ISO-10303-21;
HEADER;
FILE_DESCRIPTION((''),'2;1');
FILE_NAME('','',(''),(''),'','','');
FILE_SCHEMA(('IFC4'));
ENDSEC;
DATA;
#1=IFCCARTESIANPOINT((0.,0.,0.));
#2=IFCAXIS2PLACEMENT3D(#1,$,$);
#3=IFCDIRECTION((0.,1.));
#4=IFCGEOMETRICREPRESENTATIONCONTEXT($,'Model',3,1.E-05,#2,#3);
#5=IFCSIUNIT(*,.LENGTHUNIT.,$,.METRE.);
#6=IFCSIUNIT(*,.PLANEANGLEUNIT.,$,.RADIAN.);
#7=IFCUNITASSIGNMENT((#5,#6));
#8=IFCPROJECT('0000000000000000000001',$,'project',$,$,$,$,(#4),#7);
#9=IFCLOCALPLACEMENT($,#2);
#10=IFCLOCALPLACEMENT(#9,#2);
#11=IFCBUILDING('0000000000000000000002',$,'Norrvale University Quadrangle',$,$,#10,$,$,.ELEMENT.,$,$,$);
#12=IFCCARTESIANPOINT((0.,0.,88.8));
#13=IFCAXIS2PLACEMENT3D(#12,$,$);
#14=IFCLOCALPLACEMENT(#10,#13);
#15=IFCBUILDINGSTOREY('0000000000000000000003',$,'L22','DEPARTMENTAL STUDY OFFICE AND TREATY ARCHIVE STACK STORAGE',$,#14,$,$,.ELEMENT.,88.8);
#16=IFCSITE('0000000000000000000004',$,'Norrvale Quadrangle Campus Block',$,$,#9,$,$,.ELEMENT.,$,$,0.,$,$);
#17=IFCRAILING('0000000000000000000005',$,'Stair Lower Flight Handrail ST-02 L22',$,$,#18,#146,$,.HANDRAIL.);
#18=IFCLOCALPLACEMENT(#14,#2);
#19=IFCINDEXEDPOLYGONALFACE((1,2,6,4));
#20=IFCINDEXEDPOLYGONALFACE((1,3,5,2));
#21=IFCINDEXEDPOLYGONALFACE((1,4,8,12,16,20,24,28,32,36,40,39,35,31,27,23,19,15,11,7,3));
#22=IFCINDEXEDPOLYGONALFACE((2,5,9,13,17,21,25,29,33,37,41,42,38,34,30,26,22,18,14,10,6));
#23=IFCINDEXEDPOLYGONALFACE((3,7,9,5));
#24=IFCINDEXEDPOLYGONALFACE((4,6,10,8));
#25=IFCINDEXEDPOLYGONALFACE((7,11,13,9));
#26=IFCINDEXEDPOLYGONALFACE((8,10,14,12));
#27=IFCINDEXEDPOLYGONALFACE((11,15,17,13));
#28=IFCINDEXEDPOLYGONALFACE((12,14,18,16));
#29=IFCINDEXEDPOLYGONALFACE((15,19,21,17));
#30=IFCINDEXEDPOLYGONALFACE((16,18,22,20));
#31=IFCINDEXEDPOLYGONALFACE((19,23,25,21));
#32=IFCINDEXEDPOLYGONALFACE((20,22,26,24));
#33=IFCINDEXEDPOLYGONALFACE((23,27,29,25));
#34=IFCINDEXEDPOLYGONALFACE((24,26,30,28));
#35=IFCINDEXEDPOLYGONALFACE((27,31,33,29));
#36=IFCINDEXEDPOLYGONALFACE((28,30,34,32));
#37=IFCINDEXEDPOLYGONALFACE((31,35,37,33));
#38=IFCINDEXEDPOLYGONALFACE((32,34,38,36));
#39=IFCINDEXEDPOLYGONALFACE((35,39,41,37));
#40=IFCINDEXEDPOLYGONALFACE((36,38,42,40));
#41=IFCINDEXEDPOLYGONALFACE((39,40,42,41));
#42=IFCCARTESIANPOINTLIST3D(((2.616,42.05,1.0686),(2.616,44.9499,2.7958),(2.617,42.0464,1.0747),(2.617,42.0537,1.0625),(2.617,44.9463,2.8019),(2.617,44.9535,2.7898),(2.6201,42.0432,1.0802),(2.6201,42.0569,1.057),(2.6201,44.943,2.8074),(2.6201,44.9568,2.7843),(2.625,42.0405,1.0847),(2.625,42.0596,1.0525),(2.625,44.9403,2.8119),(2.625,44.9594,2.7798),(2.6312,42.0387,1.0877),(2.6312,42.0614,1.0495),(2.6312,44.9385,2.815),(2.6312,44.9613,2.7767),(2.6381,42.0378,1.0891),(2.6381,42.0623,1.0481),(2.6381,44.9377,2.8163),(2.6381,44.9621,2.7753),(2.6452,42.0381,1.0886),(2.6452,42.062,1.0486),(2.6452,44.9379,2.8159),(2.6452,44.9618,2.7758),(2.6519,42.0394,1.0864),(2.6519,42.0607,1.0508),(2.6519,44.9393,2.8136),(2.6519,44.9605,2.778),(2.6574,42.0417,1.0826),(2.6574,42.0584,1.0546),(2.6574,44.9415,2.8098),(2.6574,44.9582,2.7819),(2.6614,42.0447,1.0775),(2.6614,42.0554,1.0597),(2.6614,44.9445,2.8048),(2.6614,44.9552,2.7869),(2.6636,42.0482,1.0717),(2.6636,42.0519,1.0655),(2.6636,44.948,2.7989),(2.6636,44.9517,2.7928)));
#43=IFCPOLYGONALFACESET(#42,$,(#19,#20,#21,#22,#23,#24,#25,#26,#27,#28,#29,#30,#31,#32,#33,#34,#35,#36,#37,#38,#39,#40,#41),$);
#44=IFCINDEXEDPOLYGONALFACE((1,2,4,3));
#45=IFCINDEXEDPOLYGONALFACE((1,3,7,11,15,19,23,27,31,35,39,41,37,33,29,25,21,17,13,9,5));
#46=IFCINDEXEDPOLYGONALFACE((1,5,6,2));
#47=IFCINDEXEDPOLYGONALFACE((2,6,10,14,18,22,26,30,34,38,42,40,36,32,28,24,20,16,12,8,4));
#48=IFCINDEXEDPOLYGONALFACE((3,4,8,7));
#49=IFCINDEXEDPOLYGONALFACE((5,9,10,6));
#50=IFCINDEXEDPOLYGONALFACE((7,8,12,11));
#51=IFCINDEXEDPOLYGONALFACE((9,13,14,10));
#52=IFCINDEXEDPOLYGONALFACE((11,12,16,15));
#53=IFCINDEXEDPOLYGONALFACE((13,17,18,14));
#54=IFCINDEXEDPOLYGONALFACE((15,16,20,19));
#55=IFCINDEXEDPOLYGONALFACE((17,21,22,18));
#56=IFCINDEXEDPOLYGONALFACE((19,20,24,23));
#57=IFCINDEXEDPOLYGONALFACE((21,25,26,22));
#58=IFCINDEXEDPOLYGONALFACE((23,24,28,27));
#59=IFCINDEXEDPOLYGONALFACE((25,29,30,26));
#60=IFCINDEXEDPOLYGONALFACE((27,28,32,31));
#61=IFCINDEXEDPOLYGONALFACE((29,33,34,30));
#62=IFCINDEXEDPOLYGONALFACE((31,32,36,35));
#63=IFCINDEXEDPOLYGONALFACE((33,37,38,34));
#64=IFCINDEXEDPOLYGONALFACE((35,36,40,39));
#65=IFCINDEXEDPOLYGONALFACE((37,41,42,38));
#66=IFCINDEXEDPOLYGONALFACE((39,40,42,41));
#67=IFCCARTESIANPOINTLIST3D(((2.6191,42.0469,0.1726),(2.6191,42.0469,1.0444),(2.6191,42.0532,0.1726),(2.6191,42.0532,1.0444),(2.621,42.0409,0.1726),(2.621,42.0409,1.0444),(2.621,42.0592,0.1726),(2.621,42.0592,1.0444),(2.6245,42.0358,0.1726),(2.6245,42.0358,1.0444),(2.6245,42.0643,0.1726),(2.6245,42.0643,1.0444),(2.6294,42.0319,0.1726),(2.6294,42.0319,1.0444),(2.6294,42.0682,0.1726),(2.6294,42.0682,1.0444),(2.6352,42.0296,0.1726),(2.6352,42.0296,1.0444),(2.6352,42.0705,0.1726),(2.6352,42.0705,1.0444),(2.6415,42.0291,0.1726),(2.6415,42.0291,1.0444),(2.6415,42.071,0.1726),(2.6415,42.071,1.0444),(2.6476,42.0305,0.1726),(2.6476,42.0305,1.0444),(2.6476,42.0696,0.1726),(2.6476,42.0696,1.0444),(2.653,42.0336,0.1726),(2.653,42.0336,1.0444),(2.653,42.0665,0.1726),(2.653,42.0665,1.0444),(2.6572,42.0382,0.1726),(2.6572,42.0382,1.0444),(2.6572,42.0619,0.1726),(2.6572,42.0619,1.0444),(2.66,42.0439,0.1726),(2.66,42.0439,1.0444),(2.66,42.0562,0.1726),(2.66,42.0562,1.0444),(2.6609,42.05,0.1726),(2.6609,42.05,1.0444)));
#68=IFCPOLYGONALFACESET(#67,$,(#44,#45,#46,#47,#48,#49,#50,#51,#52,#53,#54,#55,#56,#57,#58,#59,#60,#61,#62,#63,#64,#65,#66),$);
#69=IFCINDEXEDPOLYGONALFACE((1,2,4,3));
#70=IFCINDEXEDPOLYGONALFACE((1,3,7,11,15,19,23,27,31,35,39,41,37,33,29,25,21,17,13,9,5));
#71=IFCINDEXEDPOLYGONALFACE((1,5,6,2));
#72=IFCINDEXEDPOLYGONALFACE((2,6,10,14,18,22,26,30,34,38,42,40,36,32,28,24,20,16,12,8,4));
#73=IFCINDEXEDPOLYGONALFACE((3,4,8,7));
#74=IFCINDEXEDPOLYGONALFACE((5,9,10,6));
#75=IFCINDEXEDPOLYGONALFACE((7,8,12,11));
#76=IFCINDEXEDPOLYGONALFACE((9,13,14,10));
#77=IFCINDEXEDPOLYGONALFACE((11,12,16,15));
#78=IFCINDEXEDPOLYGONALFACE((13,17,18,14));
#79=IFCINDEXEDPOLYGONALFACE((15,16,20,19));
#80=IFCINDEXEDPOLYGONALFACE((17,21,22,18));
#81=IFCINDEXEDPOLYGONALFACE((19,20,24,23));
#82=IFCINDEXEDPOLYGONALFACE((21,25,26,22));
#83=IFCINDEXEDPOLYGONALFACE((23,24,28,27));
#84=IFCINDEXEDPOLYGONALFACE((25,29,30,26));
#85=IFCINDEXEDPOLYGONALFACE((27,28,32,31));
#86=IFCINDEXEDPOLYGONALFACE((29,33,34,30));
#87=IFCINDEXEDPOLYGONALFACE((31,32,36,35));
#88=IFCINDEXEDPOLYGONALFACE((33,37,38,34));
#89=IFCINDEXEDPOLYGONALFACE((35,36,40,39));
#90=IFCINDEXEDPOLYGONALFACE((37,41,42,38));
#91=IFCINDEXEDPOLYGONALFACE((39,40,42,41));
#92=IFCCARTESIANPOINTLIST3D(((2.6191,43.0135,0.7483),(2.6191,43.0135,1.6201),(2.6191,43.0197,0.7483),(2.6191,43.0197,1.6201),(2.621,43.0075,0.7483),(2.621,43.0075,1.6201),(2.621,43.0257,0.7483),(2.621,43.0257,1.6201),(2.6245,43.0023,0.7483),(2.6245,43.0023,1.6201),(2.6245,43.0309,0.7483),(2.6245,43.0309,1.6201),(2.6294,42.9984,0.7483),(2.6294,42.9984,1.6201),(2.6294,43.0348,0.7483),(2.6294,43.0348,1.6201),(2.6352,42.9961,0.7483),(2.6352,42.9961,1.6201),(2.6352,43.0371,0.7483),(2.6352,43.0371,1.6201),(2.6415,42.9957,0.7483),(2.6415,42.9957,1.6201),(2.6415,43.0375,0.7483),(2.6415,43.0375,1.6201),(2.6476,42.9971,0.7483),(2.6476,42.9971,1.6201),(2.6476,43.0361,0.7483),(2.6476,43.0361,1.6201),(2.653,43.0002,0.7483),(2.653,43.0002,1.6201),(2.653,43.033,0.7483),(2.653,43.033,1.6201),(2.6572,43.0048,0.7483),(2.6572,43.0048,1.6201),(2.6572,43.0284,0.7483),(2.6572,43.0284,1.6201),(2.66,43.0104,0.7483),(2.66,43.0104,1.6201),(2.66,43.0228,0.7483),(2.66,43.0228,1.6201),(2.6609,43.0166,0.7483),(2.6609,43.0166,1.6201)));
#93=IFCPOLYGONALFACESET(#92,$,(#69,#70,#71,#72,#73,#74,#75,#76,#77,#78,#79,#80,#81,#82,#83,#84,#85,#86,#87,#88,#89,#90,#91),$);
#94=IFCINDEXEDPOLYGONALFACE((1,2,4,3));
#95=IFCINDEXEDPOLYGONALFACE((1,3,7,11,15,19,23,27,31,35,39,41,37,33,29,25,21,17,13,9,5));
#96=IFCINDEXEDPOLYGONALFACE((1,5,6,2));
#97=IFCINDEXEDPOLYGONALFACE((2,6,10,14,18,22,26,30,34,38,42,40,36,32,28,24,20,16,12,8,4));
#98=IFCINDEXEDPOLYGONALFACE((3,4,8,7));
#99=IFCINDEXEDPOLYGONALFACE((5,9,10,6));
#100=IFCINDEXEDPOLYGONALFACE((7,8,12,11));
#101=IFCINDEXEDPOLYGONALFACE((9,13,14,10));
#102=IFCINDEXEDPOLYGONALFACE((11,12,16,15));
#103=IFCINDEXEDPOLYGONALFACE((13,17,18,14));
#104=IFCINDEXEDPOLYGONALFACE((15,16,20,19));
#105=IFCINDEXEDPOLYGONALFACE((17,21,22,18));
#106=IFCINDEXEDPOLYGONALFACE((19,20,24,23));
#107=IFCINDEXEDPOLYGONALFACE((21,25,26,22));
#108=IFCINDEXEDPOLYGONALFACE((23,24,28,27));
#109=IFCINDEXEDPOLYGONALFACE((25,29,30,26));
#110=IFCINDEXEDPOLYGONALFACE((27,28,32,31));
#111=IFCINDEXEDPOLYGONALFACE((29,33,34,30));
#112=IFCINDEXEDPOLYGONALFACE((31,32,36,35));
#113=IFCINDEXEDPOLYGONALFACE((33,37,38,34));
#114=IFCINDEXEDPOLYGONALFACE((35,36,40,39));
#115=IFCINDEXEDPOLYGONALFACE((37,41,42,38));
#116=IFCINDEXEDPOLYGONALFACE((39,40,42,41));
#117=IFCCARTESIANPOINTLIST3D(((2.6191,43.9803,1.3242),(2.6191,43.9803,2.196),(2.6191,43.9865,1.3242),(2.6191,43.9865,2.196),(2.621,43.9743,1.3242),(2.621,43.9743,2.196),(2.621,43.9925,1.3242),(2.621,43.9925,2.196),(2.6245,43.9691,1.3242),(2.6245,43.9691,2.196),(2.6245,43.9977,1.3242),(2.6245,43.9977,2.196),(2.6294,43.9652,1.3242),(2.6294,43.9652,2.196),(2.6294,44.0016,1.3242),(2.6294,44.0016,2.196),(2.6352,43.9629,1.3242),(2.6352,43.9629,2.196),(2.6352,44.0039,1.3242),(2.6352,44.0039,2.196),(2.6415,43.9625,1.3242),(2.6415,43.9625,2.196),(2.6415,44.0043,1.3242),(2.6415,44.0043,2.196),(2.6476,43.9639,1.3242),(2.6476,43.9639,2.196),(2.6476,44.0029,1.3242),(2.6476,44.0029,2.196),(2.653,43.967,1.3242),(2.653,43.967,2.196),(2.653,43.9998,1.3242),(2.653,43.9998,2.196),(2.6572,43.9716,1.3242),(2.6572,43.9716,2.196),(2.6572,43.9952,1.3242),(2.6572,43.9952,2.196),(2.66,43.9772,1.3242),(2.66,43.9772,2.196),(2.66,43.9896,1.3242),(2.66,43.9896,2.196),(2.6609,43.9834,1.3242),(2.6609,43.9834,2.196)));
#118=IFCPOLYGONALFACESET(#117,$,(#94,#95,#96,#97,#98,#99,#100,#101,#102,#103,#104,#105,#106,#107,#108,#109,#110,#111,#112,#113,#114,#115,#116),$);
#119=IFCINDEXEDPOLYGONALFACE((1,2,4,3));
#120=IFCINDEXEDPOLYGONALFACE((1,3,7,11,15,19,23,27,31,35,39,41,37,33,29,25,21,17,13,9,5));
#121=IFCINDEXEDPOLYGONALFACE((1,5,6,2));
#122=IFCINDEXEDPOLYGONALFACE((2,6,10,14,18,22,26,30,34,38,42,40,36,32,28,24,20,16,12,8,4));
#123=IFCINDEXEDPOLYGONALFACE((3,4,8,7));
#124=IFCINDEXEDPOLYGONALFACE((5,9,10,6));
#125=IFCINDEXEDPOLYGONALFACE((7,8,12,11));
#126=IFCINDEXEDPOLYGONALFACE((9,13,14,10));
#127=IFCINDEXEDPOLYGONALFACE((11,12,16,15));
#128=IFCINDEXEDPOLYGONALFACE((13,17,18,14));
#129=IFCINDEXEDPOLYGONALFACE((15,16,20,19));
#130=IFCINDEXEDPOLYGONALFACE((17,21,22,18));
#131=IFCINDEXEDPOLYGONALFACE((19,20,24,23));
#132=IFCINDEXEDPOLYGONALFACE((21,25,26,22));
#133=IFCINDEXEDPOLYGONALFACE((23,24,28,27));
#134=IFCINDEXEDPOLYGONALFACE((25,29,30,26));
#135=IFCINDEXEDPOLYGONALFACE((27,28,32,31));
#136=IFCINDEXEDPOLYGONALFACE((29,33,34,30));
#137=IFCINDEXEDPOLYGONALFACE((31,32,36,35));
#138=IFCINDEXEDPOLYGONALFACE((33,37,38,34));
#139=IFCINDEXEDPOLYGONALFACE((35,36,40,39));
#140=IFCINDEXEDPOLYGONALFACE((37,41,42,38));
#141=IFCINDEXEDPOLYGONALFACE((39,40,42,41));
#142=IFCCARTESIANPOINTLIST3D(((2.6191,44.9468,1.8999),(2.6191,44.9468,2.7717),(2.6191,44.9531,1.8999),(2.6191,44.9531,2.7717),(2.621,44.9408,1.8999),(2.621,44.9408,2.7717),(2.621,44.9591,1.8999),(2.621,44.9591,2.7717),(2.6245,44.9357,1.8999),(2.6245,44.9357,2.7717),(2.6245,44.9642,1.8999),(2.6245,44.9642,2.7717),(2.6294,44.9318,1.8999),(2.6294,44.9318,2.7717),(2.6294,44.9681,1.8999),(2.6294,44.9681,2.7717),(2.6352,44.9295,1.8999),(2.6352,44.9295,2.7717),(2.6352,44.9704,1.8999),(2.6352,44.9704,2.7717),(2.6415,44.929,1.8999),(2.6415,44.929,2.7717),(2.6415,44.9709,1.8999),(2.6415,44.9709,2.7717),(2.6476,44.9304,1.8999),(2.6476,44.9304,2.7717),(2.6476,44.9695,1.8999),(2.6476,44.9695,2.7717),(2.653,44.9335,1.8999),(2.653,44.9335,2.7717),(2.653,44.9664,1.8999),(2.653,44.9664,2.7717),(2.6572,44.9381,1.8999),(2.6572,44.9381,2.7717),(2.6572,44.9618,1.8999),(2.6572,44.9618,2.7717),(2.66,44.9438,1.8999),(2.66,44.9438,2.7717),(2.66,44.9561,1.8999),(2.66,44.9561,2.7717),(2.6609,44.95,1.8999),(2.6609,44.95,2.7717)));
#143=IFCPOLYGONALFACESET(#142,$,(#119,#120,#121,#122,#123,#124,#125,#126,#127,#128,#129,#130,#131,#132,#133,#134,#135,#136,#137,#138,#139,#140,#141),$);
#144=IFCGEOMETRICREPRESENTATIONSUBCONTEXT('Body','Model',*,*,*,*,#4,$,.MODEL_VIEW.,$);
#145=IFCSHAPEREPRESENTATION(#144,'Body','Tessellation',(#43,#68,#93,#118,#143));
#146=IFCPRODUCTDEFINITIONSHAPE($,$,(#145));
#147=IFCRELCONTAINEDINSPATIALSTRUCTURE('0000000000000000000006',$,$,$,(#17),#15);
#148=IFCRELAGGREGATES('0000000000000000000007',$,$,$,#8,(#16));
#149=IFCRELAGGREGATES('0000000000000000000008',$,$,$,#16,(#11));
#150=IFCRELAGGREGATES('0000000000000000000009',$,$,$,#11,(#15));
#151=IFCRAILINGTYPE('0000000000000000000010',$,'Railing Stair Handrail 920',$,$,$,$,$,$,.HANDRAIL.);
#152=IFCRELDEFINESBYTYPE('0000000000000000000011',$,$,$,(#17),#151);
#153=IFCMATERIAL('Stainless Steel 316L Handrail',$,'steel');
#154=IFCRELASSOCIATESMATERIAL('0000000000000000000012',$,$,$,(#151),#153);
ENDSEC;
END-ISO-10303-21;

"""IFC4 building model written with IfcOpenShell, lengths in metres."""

from ifc_helpers import new_model, si_unit, direction, frame, origin, origin_2d, place, context, subcontext, project, spatial, circle, extrude, material, type_object, element, save


model = new_model("IFC4")

# Units and contexts
model_context = context("Model", 3, precision=1e-05, world=origin(), true_north=direction((0.0, 1.0)))
body_context = subcontext(model_context, "Body", "Model", "MODEL_VIEW")
ifc_project = project(units=[si_unit("LENGTHUNIT", "METRE"), si_unit("PLANEANGLEUNIT", "RADIAN")], contexts=[model_context])

# Site, building, storey
site_placement = place(None, origin())
site = spatial("IfcSite", under=ifc_project, at=site_placement, Name="Norrvale Quadrangle Campus Block", CompositionType="ELEMENT", RefElevation=0.0)
building_placement = place(site_placement, origin())
building = spatial("IfcBuilding", under=site, at=building_placement, Name="Norrvale University Quadrangle", CompositionType="ELEMENT")
storey_placement = place(building_placement, frame((0.0, 0.0, 88.8)))
storey = spatial("IfcBuildingStorey", under=building, at=storey_placement, Name="L22", Description="DEPARTMENTAL STUDY OFFICE AND TREATY ARCHIVE STACK STORAGE", CompositionType="ELEMENT", Elevation=88.8)

# Railing
ifc_material_1 = material(Name="Stainless Steel 316L Handrail", Category="steel")
railing_type_1 = type_object("IfcRailingType", Name="Railing Stair Handrail 920", PredefinedType="HANDRAIL", material=ifc_material_1)
railing_1_placement = place(storey_placement, frame((2.6399, 42.05, 0.1726)))
element("IfcRailing", 1, at=railing_1_placement, inside=storey, type_object=railing_type_1, Name="Stair Lower Flight Handrail ST-02 L22", PredefinedType="HANDRAIL", context=body_context, shape_type="SweptSolid", body=[
    extrude(circle(Radius=0.0239, at=origin_2d()), frame((0.0, 0.0, 0.896), z_axis=(0.0, 0.859141, 0.511738), x_axis=(-1.0, 0.0, 0.0)), (0.0, 0.0, 1.0), 3.3752),
    extrude(circle(Radius=0.021, at=origin_2d()), origin(), (0.0, 0.0, 1.0), 0.8718),
    extrude(circle(Radius=0.021, at=origin_2d()), frame((0.0, 0.9666, 0.5757)), (0.0, 0.0, 1.0), 0.8718),
    extrude(circle(Radius=0.021, at=origin_2d()), frame((0.0, 1.9333, 1.1516)), (0.0, 0.0, 1.0), 0.8718),
    extrude(circle(Radius=0.021, at=origin_2d()), frame((0.0, 2.8999, 1.7273)), (0.0, 0.0, 1.0), 0.8718),
])

save(model, "model.ifc")
